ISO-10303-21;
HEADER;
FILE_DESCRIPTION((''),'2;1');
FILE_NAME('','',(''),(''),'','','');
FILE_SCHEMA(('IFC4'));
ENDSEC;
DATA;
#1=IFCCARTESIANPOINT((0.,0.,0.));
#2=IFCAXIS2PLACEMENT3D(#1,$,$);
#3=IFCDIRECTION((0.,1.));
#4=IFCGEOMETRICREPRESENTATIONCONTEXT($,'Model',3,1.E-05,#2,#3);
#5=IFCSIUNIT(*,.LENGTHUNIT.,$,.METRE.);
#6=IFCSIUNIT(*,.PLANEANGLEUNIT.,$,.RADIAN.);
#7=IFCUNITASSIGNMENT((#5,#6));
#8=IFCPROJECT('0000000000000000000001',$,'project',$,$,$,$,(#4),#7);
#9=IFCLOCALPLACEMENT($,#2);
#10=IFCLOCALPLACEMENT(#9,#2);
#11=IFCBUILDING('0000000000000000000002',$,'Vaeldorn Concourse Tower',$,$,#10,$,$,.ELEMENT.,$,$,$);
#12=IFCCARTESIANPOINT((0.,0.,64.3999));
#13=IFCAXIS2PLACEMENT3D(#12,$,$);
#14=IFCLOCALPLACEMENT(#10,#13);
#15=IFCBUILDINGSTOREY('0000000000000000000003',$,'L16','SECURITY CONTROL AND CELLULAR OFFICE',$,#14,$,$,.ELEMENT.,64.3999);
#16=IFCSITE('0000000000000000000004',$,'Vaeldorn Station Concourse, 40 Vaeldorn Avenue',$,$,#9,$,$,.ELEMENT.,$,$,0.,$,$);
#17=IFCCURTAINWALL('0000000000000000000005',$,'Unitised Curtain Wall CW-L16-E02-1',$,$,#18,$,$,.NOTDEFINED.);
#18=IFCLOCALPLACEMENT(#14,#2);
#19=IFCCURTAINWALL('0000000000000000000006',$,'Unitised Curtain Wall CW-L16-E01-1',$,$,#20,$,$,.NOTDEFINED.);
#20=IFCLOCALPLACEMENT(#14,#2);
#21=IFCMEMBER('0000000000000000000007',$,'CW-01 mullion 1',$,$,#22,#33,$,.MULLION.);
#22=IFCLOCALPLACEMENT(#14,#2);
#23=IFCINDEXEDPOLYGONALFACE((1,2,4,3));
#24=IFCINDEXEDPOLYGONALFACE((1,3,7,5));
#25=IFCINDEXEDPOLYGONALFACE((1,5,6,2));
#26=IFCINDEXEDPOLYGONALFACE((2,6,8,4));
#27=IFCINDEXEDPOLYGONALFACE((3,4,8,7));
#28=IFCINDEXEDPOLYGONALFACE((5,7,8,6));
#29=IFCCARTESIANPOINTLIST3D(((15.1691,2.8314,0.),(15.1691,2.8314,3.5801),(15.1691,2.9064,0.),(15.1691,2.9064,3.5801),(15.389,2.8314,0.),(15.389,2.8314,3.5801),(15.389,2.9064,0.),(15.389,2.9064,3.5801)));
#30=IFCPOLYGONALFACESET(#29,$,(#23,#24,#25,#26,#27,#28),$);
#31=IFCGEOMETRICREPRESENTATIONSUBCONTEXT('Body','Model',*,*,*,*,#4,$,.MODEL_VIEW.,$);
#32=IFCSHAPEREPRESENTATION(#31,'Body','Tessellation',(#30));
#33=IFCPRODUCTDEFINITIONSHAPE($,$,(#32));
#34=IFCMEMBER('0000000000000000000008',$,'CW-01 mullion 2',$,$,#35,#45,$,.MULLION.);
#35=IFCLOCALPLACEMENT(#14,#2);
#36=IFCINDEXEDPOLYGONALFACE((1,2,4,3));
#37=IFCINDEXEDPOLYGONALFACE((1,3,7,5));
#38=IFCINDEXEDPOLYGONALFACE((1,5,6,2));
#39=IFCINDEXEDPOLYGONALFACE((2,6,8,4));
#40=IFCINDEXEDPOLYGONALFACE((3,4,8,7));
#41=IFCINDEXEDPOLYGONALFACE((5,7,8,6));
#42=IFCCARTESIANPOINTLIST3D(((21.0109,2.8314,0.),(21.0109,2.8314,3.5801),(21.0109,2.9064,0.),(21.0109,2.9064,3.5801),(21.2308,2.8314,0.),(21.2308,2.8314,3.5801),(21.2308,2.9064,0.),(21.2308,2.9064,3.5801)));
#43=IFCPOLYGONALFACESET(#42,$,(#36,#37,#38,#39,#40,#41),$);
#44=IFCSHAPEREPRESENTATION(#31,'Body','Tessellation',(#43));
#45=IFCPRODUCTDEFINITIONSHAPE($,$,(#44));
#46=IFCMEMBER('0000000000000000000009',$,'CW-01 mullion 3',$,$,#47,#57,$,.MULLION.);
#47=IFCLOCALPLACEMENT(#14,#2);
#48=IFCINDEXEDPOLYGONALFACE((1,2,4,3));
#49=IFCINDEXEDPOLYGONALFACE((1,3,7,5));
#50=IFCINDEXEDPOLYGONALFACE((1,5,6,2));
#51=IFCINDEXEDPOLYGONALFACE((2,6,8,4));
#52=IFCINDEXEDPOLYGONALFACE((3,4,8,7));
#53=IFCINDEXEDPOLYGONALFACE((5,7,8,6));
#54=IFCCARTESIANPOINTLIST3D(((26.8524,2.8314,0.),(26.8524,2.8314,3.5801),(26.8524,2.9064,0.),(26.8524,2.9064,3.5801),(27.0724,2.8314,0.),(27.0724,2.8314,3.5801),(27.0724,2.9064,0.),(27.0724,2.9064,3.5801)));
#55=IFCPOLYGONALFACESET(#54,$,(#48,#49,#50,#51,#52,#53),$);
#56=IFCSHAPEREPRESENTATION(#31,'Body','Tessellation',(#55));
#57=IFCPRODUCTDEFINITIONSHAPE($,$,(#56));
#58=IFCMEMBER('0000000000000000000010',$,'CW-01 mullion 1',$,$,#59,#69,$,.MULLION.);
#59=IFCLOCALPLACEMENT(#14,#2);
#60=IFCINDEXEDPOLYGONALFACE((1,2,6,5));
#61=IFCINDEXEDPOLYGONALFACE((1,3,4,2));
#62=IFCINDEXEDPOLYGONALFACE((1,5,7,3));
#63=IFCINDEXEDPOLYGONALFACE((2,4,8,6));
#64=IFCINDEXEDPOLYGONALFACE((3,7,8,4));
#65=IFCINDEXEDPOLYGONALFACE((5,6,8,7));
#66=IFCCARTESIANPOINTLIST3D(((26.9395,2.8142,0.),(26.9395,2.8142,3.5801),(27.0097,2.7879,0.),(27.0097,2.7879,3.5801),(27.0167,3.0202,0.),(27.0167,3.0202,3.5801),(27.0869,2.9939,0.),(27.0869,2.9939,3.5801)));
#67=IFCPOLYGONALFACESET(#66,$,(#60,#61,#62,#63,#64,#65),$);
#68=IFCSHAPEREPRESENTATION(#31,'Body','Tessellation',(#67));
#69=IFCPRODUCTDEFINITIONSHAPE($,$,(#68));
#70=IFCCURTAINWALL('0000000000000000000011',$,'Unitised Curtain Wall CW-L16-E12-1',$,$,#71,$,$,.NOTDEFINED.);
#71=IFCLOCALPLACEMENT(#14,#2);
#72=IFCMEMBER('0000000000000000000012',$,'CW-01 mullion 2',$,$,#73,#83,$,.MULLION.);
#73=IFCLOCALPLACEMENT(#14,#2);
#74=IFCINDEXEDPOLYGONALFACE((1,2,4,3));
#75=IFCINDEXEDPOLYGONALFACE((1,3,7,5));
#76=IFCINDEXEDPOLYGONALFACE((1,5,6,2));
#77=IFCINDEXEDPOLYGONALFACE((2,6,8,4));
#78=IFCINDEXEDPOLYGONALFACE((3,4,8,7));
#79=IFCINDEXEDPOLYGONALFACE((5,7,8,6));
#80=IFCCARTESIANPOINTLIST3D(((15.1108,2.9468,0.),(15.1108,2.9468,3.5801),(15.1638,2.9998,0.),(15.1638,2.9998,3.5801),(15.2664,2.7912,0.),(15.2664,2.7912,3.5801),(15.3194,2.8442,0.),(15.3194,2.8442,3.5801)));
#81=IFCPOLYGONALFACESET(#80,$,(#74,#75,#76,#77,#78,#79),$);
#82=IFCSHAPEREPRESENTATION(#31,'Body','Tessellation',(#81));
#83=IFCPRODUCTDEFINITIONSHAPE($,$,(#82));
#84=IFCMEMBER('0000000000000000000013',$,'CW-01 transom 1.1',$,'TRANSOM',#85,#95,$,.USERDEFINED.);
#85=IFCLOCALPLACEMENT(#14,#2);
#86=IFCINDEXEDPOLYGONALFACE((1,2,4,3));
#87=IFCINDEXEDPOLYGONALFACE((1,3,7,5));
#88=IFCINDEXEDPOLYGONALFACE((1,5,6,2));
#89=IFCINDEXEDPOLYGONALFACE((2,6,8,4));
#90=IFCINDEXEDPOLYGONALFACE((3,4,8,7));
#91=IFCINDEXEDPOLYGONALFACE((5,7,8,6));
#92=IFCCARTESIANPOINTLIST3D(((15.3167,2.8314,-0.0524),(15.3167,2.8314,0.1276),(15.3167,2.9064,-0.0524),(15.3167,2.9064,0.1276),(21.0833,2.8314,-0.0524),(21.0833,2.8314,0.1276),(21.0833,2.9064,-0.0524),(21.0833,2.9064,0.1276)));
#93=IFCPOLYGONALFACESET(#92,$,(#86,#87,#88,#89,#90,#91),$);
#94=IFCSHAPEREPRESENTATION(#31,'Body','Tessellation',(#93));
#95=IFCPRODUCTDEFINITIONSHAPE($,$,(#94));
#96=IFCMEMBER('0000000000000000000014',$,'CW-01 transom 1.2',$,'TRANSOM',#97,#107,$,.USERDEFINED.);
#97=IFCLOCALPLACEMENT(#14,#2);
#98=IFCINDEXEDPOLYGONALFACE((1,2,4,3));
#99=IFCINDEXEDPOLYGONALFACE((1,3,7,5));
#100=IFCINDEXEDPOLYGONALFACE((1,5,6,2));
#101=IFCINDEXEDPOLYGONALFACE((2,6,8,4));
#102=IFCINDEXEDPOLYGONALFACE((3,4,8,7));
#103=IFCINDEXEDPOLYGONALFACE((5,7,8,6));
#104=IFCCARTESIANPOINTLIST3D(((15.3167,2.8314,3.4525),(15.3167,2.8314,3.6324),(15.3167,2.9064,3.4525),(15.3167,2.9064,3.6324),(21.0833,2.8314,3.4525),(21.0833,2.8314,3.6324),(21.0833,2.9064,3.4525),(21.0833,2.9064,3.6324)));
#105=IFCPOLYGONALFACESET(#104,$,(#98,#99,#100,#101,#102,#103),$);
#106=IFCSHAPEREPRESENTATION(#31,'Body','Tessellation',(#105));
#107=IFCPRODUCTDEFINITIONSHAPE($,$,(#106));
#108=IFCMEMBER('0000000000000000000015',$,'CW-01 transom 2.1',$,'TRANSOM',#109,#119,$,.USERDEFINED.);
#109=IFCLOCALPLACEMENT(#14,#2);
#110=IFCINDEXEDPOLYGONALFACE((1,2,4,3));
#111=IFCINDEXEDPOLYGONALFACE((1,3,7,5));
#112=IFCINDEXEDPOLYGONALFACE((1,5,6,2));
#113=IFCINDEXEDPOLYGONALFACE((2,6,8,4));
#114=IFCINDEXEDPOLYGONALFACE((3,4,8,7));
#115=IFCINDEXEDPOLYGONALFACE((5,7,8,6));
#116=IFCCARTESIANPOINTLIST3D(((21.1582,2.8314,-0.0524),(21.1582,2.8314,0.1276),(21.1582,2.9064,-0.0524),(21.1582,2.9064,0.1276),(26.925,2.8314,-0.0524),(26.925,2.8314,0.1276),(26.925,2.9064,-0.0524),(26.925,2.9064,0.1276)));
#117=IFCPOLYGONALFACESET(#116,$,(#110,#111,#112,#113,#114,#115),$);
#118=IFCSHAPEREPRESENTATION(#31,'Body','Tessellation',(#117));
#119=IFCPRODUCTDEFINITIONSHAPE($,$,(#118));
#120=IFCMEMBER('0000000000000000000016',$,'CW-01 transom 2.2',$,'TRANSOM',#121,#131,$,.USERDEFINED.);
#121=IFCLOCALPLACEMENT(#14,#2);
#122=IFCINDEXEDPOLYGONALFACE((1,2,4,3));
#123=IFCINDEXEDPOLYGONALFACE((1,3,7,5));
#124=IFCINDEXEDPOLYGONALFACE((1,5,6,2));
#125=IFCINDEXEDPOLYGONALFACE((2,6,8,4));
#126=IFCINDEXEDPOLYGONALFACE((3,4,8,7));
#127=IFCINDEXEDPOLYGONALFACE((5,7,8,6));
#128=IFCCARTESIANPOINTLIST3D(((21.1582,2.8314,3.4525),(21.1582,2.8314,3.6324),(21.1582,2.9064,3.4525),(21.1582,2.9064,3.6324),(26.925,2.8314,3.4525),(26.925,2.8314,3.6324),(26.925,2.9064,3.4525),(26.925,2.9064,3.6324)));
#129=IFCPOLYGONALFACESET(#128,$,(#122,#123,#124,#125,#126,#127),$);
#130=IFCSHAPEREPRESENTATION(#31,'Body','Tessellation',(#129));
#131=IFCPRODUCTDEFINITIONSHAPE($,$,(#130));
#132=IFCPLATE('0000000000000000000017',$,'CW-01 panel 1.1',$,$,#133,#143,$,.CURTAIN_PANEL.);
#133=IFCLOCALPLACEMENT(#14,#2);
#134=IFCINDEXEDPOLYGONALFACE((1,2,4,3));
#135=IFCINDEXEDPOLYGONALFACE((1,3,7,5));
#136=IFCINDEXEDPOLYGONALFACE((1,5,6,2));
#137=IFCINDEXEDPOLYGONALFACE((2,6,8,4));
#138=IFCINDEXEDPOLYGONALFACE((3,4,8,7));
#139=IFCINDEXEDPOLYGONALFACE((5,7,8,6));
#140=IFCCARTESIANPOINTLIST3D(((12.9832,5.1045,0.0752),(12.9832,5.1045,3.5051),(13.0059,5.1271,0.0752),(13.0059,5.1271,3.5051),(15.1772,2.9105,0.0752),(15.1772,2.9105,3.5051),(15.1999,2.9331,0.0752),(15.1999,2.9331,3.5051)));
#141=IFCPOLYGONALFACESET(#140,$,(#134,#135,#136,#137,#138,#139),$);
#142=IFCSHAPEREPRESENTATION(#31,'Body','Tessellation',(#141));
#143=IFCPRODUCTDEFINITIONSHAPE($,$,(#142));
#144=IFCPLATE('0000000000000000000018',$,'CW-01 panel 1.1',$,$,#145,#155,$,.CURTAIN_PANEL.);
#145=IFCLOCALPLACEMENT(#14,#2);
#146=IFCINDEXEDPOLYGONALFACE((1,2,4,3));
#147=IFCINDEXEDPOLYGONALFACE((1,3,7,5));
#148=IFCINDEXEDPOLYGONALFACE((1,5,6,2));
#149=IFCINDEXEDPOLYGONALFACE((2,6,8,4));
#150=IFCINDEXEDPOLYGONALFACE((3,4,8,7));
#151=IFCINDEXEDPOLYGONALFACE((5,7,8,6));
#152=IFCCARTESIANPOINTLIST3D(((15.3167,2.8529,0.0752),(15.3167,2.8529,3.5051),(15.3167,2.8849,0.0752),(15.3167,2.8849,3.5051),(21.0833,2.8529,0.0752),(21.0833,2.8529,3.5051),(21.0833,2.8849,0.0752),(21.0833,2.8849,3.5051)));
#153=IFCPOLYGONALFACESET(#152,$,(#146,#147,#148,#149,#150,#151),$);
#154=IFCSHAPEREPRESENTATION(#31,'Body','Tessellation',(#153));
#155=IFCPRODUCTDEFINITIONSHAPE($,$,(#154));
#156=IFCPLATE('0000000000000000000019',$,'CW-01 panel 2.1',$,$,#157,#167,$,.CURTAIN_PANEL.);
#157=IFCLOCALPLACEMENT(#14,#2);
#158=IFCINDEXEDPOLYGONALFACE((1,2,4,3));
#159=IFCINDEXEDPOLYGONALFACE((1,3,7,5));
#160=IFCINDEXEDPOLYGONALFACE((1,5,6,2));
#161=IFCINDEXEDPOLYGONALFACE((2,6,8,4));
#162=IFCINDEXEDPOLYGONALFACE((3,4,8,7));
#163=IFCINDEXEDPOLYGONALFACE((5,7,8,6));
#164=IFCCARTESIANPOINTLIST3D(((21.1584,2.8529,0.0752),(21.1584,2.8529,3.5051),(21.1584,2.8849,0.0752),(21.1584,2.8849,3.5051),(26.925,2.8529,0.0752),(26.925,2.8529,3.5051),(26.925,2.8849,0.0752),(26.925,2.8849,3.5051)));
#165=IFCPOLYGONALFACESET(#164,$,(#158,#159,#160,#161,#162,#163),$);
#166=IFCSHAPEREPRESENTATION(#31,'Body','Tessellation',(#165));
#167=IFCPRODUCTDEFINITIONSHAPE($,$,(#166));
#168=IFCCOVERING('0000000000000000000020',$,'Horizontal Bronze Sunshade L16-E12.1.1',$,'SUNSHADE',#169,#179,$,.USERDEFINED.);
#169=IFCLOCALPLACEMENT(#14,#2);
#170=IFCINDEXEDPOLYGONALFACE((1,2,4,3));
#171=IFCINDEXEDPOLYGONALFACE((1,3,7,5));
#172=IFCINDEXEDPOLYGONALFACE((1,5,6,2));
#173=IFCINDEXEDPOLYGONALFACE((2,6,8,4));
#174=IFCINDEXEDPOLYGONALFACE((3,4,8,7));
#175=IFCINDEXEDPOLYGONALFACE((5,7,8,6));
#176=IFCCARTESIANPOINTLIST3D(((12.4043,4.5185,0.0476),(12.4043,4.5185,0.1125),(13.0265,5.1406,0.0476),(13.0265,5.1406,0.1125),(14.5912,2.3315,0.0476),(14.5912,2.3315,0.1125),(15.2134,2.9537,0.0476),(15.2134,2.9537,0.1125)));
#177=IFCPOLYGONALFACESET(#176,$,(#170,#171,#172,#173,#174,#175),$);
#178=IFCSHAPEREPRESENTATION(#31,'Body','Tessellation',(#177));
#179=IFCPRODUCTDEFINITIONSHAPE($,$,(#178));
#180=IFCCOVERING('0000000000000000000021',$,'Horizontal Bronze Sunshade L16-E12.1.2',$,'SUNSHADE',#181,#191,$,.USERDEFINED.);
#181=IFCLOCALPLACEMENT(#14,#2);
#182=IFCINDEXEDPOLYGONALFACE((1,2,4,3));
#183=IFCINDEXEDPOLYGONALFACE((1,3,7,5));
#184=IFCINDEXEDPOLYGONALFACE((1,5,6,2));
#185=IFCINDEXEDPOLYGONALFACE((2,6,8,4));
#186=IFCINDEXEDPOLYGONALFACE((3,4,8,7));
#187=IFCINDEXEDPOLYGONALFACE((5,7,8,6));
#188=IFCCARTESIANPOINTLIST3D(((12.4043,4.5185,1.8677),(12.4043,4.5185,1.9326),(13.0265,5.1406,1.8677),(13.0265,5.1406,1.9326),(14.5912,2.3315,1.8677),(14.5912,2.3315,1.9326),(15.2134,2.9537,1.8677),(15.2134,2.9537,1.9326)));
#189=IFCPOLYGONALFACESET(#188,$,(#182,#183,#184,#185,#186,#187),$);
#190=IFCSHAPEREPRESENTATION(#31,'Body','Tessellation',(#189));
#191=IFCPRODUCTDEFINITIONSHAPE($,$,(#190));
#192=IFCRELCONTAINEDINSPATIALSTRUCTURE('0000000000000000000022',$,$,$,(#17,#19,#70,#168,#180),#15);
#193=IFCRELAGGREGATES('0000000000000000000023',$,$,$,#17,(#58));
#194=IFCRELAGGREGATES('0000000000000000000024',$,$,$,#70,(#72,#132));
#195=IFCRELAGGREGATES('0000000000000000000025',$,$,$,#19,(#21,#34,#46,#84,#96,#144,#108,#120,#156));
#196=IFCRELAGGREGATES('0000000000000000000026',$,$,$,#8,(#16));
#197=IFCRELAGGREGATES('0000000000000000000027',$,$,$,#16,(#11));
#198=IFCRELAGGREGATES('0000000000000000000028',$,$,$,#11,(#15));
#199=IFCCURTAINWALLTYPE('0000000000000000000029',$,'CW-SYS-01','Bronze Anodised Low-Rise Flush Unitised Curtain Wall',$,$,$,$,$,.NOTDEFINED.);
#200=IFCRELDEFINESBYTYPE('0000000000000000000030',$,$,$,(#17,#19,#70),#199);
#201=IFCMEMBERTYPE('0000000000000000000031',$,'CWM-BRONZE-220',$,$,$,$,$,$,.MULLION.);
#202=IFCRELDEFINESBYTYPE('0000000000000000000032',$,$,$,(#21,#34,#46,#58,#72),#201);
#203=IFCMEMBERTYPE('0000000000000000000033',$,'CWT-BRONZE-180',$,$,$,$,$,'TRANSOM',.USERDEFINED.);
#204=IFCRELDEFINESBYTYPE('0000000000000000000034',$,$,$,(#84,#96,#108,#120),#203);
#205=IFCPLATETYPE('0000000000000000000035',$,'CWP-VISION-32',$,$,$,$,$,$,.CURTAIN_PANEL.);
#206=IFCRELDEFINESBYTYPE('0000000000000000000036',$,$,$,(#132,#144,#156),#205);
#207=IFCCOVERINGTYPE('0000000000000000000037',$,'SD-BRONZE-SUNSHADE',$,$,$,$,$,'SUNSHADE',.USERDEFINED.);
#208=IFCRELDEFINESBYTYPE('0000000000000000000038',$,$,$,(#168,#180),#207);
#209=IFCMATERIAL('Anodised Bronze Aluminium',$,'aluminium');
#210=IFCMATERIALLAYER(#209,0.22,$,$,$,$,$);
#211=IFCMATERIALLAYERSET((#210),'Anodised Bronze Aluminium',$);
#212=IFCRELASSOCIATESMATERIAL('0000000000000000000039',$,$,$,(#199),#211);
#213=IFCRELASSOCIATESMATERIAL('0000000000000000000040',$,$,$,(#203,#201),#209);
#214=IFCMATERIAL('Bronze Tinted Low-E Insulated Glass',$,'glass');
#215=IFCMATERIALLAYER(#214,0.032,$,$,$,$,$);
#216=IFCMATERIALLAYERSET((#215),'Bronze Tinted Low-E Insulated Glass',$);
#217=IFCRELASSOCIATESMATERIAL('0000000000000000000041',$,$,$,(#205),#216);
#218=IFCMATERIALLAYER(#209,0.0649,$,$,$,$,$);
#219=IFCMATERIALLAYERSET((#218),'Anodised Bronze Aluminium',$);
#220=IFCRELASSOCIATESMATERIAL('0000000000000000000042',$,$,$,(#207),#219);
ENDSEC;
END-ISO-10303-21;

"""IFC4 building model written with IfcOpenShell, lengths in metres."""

from ifc_helpers import new_model, si_unit, direction, frame, origin, origin_2d, place, context, subcontext, project, spatial, rectangle, extrude, source, transform, mapped, material, layer, layer_set, material_profile, profile_set, type_object, element, aggregate, save


model = new_model("IFC4")

# Units and contexts
model_context = context("Model", 3, precision=1e-05, world=origin(), true_north=direction((0.0, 1.0)))
body_context = subcontext(model_context, "Body", "Model", "MODEL_VIEW")
ifc_project = project(units=[si_unit("LENGTHUNIT", "METRE"), si_unit("PLANEANGLEUNIT", "RADIAN")], contexts=[model_context])

# Site, building, storey
site_placement = place(None, origin())
site = spatial("IfcSite", under=ifc_project, at=site_placement, Name="Vaeldorn Station Concourse, 40 Vaeldorn Avenue", CompositionType="ELEMENT", RefElevation=0.0)
building_placement = place(site_placement, origin())
building = spatial("IfcBuilding", under=site, at=building_placement, Name="Vaeldorn Concourse Tower", CompositionType="ELEMENT")
storey_placement = place(building_placement, frame((0.0, 0.0, 64.3999)))
storey = spatial("IfcBuildingStorey", under=building, at=storey_placement, Name="L16", Description="SECURITY CONTROL AND CELLULAR OFFICE", CompositionType="ELEMENT", Elevation=64.3999)

# Curtain walls, members
ifc_material_1 = material(Name="Anodised Bronze Aluminium", Category="aluminium")
ifc_layer_1 = layer(ifc_material_1, 0.22)
ifc_layer_set_1 = layer_set([ifc_layer_1], Name="Anodised Bronze Aluminium")
curtain_wall_type = type_object("IfcCurtainWallType", Name="CW-SYS-01", Description="Bronze Anodised Low-Rise Flush Unitised Curtain Wall", PredefinedType="NOTDEFINED", material=ifc_layer_set_1)
curtain_wall_1_placement = place(storey_placement, origin())
curtain_wall_1 = element("IfcCurtainWall", 1, at=curtain_wall_1_placement, inside=storey, type_object=curtain_wall_type, Name="Unitised Curtain Wall CW-L16-E02-1", PredefinedType="NOTDEFINED")
ifc_material_profile_1 = material_profile(ifc_material_1, rectangle(XDim=0.075, YDim=0.1799, at=origin_2d()), Name="CWT 75x180")
ifc_profile_set_1 = profile_set([ifc_material_profile_1], Name="Anodised Bronze Aluminium")
member_type_1 = type_object("IfcMemberType", Name="CWT-BRONZE-180", ElementType="TRANSOM", PredefinedType="USERDEFINED", material=ifc_profile_set_1)
curtain_wall_2_placement = place(storey_placement, origin())
curtain_wall_2 = element("IfcCurtainWall", 2, at=curtain_wall_2_placement, inside=storey, type_object=curtain_wall_type, Name="Unitised Curtain Wall CW-L16-E01-1", PredefinedType="NOTDEFINED")
ifc_material_profile_2 = material_profile(ifc_material_1, rectangle(XDim=0.075, YDim=0.22, at=origin_2d()), Name="CWM 75x220")
ifc_profile_set_2 = profile_set([ifc_material_profile_2], Name="Anodised Bronze Aluminium")
member_type_2 = type_object("IfcMemberType", Name="CWM-BRONZE-220", PredefinedType="MULLION", material=ifc_profile_set_2)
shared_shape_1 = source(origin(), body_context, "Body", "SweptSolid", [
    extrude(rectangle(XDim=0.075, YDim=0.22, at=origin_2d()), origin(), (0.0, 0.0, 1.0), 3.5801),
])
member_1_placement = place(storey_placement, frame((15.2791, 2.8689, 0.0), z_axis=(0.0, 0.0, 1.0), x_axis=(0.0, 1.0, 0.0)))
member_1 = element("IfcMember", 3, at=member_1_placement, type_object=member_type_2, Name="CW-01 mullion 1", PredefinedType="MULLION", context=body_context, shape_type="MappedRepresentation", body=[
    mapped(shared_shape_1, transform((0.0, 0.0, 0.0), scale=1.0)),
])
member_2_placement = place(storey_placement, frame((21.1208, 2.8689, 0.0), z_axis=(0.0, 0.0, 1.0), x_axis=(0.0, 1.0, 0.0)))
member_2 = element("IfcMember", 4, at=member_2_placement, type_object=member_type_2, Name="CW-01 mullion 2", PredefinedType="MULLION", context=body_context, shape_type="MappedRepresentation", body=[
    mapped(shared_shape_1, transform((0.0, 0.0, 0.0), scale=1.0)),
])
member_3_placement = place(storey_placement, frame((26.9624, 2.8689, 0.0), z_axis=(0.0, 0.0, 1.0), x_axis=(0.0, 1.0, 0.0)))
member_3 = element("IfcMember", 5, at=member_3_placement, type_object=member_type_2, Name="CW-01 mullion 3", PredefinedType="MULLION", context=body_context, shape_type="MappedRepresentation", body=[
    mapped(shared_shape_1, transform((0.0, 0.0, 0.0), scale=1.0)),
])

# Member
member_4_placement = place(storey_placement, frame((27.0132, 2.9041, 0.0), z_axis=(0.0, 0.0, 1.0), x_axis=(-0.936329, 0.351123, 0.0)))
member_4 = element("IfcMember", 6, at=member_4_placement, type_object=member_type_2, Name="CW-01 mullion 1", PredefinedType="MULLION", context=body_context, shape_type="MappedRepresentation", body=[
    mapped(shared_shape_1, transform((0.0, 0.0, 0.0), scale=1.0)),
])
aggregate(curtain_wall_1, [member_4])

# Curtain wall, member
curtain_wall_3_placement = place(storey_placement, origin())
curtain_wall_3 = element("IfcCurtainWall", 7, at=curtain_wall_3_placement, inside=storey, type_object=curtain_wall_type, Name="Unitised Curtain Wall CW-L16-E12-1", PredefinedType="NOTDEFINED")
member_5_placement = place(storey_placement, frame((15.2151, 2.8955, 0.0), z_axis=(0.0, 0.0, 1.0), x_axis=(0.707107, 0.707107, 0.0)))
member_5 = element("IfcMember", 8, at=member_5_placement, type_object=member_type_2, Name="CW-01 mullion 2", PredefinedType="MULLION", context=body_context, shape_type="MappedRepresentation", body=[
    mapped(shared_shape_1, transform((0.0, 0.0, 0.0), scale=1.0)),
])

# Members
shared_shape_2 = source(origin(), body_context, "Body", "SweptSolid", [
    extrude(rectangle(XDim=0.075, YDim=0.1799, at=origin_2d()), origin(), (0.0, 0.0, 1.0), 5.7666),
])
member_6_placement = place(storey_placement, frame((15.3167, 2.8689, 0.0376), z_axis=(1.0, 0.0, 0.0), x_axis=(0.0, 1.0, 0.0)))
member_6 = element("IfcMember", 9, at=member_6_placement, type_object=member_type_1, Name="CW-01 transom 1.1", ObjectType="TRANSOM", PredefinedType="USERDEFINED", context=body_context, shape_type="MappedRepresentation", body=[
    mapped(shared_shape_2, transform((0.0, 0.0, 0.0), scale=1.0)),
])
member_7_placement = place(storey_placement, frame((15.3167, 2.8689, 3.5425), z_axis=(1.0, 0.0, 0.0), x_axis=(0.0, 1.0, 0.0)))
member_7 = element("IfcMember", 10, at=member_7_placement, type_object=member_type_1, Name="CW-01 transom 1.2", ObjectType="TRANSOM", PredefinedType="USERDEFINED", context=body_context, shape_type="MappedRepresentation", body=[
    mapped(shared_shape_2, transform((0.0, 0.0, 0.0), scale=1.0)),
])
shared_shape_3 = source(origin(), body_context, "Body", "SweptSolid", [
    extrude(rectangle(XDim=0.075, YDim=0.1799, at=origin_2d()), origin(), (0.0, 0.0, 1.0), 5.7668),
])
member_8_placement = place(storey_placement, frame((21.1582, 2.8689, 0.0376), z_axis=(1.0, 0.0, 0.0), x_axis=(0.0, 1.0, 0.0)))
member_8 = element("IfcMember", 11, at=member_8_placement, type_object=member_type_1, Name="CW-01 transom 2.1", ObjectType="TRANSOM", PredefinedType="USERDEFINED", context=body_context, shape_type="MappedRepresentation", body=[
    mapped(shared_shape_3, transform((0.0, 0.0, 0.0), scale=1.0)),
])
member_9_placement = place(storey_placement, frame((21.1582, 2.8689, 3.5425), z_axis=(1.0, 0.0, 0.0), x_axis=(0.0, 1.0, 0.0)))
member_9 = element("IfcMember", 12, at=member_9_placement, type_object=member_type_1, Name="CW-01 transom 2.2", ObjectType="TRANSOM", PredefinedType="USERDEFINED", context=body_context, shape_type="MappedRepresentation", body=[
    mapped(shared_shape_3, transform((0.0, 0.0, 0.0), scale=1.0)),
])

# Plates
ifc_material_2 = material(Name="Bronze Tinted Low-E Insulated Glass", Category="glass")
ifc_layer_2 = layer(ifc_material_2, 0.032)
ifc_layer_set_2 = layer_set([ifc_layer_2], Name="Bronze Tinted Low-E Insulated Glass")
plate_type = type_object("IfcPlateType", Name="CWP-VISION-32", PredefinedType="CURTAIN_PANEL", material=ifc_layer_set_2)
shared_shape_4 = source(origin(), body_context, "Body", "SweptSolid", [
    extrude(rectangle(XDim=3.1028, YDim=0.032, at=origin_2d()), origin(), (0.0, 0.0, 1.0), 3.4299),
])
plate_1_placement = place(storey_placement, frame((14.0916, 4.0188, 0.0752), z_axis=(0.0, 0.0, 1.0), x_axis=(0.707107, -0.707107, 0.0)))
plate_1 = element("IfcPlate", 13, at=plate_1_placement, type_object=plate_type, Name="CW-01 panel 1.1", PredefinedType="CURTAIN_PANEL", context=body_context, shape_type="MappedRepresentation", body=[
    mapped(shared_shape_4, transform((0.0, 0.0, 0.0), scale=1.0)),
])
aggregate(curtain_wall_3, [member_5, plate_1])
shared_shape_5 = source(origin(), body_context, "Body", "SweptSolid", [
    extrude(rectangle(XDim=5.7666, YDim=0.032, at=origin_2d()), origin(), (0.0, 0.0, 1.0), 3.4299),
])
plate_2_placement = place(storey_placement, frame((18.2, 2.8689, 0.0752), z_axis=(0.0, 0.0, 1.0), x_axis=(1.0, 0.0, 0.0)))
plate_2 = element("IfcPlate", 14, at=plate_2_placement, type_object=plate_type, Name="CW-01 panel 1.1", PredefinedType="CURTAIN_PANEL", context=body_context, shape_type="MappedRepresentation", body=[
    mapped(shared_shape_5, transform((0.0, 0.0, 0.0), scale=1.0)),
])
plate_3_placement = place(storey_placement, frame((24.0417, 2.8689, 0.0752), z_axis=(0.0, 0.0, 1.0), x_axis=(1.0, 0.0, 0.0)))
plate_3 = element("IfcPlate", 15, at=plate_3_placement, type_object=plate_type, Name="CW-01 panel 2.1", PredefinedType="CURTAIN_PANEL", context=body_context, shape_type="MappedRepresentation", body=[
    mapped(shared_shape_5, transform((0.0, 0.0, 0.0), scale=1.0)),
])
aggregate(curtain_wall_2, [member_1, member_2, member_3, member_6, member_7, plate_2, member_8, member_9, plate_3])

# Coverings
ifc_layer_3 = layer(ifc_material_1, 0.0649)
ifc_layer_set_3 = layer_set([ifc_layer_3], Name="Anodised Bronze Aluminium")
covering_type = type_object("IfcCoveringType", Name="SD-BRONZE-SUNSHADE", ElementType="SUNSHADE", PredefinedType="USERDEFINED", material=ifc_layer_set_3)
shared_shape_6 = source(origin(), body_context, "Body", "SweptSolid", [
    extrude(rectangle(XDim=3.0928, YDim=0.8799, at=origin_2d()), origin(), (0.0, 0.0, 1.0), 0.0649),
])
for number, where, z_axis, x_axis, name in (
    (16, (13.8088, 3.7361, 0.0476), (0.0, 0.0, 1.0), (0.707107, -0.707107, 0.0), "Horizontal Bronze Sunshade L16-E12.1.1"),
    (17, (13.8088, 3.7361, 1.8677), (0.0, 0.0, 1.0), (0.707107, -0.707107, 0.0), "Horizontal Bronze Sunshade L16-E12.1.2"),
):
    element("IfcCovering", number, at=place(storey_placement, frame(where, z_axis=z_axis, x_axis=x_axis)), inside=storey, type_object=covering_type, Name=name, ObjectType="SUNSHADE", PredefinedType="USERDEFINED", context=body_context, shape_type="MappedRepresentation", body=[
        mapped(shared_shape_6, transform((0.0, 0.0, 0.0), scale=1.0)),
    ])

save(model, "model.ifc")
